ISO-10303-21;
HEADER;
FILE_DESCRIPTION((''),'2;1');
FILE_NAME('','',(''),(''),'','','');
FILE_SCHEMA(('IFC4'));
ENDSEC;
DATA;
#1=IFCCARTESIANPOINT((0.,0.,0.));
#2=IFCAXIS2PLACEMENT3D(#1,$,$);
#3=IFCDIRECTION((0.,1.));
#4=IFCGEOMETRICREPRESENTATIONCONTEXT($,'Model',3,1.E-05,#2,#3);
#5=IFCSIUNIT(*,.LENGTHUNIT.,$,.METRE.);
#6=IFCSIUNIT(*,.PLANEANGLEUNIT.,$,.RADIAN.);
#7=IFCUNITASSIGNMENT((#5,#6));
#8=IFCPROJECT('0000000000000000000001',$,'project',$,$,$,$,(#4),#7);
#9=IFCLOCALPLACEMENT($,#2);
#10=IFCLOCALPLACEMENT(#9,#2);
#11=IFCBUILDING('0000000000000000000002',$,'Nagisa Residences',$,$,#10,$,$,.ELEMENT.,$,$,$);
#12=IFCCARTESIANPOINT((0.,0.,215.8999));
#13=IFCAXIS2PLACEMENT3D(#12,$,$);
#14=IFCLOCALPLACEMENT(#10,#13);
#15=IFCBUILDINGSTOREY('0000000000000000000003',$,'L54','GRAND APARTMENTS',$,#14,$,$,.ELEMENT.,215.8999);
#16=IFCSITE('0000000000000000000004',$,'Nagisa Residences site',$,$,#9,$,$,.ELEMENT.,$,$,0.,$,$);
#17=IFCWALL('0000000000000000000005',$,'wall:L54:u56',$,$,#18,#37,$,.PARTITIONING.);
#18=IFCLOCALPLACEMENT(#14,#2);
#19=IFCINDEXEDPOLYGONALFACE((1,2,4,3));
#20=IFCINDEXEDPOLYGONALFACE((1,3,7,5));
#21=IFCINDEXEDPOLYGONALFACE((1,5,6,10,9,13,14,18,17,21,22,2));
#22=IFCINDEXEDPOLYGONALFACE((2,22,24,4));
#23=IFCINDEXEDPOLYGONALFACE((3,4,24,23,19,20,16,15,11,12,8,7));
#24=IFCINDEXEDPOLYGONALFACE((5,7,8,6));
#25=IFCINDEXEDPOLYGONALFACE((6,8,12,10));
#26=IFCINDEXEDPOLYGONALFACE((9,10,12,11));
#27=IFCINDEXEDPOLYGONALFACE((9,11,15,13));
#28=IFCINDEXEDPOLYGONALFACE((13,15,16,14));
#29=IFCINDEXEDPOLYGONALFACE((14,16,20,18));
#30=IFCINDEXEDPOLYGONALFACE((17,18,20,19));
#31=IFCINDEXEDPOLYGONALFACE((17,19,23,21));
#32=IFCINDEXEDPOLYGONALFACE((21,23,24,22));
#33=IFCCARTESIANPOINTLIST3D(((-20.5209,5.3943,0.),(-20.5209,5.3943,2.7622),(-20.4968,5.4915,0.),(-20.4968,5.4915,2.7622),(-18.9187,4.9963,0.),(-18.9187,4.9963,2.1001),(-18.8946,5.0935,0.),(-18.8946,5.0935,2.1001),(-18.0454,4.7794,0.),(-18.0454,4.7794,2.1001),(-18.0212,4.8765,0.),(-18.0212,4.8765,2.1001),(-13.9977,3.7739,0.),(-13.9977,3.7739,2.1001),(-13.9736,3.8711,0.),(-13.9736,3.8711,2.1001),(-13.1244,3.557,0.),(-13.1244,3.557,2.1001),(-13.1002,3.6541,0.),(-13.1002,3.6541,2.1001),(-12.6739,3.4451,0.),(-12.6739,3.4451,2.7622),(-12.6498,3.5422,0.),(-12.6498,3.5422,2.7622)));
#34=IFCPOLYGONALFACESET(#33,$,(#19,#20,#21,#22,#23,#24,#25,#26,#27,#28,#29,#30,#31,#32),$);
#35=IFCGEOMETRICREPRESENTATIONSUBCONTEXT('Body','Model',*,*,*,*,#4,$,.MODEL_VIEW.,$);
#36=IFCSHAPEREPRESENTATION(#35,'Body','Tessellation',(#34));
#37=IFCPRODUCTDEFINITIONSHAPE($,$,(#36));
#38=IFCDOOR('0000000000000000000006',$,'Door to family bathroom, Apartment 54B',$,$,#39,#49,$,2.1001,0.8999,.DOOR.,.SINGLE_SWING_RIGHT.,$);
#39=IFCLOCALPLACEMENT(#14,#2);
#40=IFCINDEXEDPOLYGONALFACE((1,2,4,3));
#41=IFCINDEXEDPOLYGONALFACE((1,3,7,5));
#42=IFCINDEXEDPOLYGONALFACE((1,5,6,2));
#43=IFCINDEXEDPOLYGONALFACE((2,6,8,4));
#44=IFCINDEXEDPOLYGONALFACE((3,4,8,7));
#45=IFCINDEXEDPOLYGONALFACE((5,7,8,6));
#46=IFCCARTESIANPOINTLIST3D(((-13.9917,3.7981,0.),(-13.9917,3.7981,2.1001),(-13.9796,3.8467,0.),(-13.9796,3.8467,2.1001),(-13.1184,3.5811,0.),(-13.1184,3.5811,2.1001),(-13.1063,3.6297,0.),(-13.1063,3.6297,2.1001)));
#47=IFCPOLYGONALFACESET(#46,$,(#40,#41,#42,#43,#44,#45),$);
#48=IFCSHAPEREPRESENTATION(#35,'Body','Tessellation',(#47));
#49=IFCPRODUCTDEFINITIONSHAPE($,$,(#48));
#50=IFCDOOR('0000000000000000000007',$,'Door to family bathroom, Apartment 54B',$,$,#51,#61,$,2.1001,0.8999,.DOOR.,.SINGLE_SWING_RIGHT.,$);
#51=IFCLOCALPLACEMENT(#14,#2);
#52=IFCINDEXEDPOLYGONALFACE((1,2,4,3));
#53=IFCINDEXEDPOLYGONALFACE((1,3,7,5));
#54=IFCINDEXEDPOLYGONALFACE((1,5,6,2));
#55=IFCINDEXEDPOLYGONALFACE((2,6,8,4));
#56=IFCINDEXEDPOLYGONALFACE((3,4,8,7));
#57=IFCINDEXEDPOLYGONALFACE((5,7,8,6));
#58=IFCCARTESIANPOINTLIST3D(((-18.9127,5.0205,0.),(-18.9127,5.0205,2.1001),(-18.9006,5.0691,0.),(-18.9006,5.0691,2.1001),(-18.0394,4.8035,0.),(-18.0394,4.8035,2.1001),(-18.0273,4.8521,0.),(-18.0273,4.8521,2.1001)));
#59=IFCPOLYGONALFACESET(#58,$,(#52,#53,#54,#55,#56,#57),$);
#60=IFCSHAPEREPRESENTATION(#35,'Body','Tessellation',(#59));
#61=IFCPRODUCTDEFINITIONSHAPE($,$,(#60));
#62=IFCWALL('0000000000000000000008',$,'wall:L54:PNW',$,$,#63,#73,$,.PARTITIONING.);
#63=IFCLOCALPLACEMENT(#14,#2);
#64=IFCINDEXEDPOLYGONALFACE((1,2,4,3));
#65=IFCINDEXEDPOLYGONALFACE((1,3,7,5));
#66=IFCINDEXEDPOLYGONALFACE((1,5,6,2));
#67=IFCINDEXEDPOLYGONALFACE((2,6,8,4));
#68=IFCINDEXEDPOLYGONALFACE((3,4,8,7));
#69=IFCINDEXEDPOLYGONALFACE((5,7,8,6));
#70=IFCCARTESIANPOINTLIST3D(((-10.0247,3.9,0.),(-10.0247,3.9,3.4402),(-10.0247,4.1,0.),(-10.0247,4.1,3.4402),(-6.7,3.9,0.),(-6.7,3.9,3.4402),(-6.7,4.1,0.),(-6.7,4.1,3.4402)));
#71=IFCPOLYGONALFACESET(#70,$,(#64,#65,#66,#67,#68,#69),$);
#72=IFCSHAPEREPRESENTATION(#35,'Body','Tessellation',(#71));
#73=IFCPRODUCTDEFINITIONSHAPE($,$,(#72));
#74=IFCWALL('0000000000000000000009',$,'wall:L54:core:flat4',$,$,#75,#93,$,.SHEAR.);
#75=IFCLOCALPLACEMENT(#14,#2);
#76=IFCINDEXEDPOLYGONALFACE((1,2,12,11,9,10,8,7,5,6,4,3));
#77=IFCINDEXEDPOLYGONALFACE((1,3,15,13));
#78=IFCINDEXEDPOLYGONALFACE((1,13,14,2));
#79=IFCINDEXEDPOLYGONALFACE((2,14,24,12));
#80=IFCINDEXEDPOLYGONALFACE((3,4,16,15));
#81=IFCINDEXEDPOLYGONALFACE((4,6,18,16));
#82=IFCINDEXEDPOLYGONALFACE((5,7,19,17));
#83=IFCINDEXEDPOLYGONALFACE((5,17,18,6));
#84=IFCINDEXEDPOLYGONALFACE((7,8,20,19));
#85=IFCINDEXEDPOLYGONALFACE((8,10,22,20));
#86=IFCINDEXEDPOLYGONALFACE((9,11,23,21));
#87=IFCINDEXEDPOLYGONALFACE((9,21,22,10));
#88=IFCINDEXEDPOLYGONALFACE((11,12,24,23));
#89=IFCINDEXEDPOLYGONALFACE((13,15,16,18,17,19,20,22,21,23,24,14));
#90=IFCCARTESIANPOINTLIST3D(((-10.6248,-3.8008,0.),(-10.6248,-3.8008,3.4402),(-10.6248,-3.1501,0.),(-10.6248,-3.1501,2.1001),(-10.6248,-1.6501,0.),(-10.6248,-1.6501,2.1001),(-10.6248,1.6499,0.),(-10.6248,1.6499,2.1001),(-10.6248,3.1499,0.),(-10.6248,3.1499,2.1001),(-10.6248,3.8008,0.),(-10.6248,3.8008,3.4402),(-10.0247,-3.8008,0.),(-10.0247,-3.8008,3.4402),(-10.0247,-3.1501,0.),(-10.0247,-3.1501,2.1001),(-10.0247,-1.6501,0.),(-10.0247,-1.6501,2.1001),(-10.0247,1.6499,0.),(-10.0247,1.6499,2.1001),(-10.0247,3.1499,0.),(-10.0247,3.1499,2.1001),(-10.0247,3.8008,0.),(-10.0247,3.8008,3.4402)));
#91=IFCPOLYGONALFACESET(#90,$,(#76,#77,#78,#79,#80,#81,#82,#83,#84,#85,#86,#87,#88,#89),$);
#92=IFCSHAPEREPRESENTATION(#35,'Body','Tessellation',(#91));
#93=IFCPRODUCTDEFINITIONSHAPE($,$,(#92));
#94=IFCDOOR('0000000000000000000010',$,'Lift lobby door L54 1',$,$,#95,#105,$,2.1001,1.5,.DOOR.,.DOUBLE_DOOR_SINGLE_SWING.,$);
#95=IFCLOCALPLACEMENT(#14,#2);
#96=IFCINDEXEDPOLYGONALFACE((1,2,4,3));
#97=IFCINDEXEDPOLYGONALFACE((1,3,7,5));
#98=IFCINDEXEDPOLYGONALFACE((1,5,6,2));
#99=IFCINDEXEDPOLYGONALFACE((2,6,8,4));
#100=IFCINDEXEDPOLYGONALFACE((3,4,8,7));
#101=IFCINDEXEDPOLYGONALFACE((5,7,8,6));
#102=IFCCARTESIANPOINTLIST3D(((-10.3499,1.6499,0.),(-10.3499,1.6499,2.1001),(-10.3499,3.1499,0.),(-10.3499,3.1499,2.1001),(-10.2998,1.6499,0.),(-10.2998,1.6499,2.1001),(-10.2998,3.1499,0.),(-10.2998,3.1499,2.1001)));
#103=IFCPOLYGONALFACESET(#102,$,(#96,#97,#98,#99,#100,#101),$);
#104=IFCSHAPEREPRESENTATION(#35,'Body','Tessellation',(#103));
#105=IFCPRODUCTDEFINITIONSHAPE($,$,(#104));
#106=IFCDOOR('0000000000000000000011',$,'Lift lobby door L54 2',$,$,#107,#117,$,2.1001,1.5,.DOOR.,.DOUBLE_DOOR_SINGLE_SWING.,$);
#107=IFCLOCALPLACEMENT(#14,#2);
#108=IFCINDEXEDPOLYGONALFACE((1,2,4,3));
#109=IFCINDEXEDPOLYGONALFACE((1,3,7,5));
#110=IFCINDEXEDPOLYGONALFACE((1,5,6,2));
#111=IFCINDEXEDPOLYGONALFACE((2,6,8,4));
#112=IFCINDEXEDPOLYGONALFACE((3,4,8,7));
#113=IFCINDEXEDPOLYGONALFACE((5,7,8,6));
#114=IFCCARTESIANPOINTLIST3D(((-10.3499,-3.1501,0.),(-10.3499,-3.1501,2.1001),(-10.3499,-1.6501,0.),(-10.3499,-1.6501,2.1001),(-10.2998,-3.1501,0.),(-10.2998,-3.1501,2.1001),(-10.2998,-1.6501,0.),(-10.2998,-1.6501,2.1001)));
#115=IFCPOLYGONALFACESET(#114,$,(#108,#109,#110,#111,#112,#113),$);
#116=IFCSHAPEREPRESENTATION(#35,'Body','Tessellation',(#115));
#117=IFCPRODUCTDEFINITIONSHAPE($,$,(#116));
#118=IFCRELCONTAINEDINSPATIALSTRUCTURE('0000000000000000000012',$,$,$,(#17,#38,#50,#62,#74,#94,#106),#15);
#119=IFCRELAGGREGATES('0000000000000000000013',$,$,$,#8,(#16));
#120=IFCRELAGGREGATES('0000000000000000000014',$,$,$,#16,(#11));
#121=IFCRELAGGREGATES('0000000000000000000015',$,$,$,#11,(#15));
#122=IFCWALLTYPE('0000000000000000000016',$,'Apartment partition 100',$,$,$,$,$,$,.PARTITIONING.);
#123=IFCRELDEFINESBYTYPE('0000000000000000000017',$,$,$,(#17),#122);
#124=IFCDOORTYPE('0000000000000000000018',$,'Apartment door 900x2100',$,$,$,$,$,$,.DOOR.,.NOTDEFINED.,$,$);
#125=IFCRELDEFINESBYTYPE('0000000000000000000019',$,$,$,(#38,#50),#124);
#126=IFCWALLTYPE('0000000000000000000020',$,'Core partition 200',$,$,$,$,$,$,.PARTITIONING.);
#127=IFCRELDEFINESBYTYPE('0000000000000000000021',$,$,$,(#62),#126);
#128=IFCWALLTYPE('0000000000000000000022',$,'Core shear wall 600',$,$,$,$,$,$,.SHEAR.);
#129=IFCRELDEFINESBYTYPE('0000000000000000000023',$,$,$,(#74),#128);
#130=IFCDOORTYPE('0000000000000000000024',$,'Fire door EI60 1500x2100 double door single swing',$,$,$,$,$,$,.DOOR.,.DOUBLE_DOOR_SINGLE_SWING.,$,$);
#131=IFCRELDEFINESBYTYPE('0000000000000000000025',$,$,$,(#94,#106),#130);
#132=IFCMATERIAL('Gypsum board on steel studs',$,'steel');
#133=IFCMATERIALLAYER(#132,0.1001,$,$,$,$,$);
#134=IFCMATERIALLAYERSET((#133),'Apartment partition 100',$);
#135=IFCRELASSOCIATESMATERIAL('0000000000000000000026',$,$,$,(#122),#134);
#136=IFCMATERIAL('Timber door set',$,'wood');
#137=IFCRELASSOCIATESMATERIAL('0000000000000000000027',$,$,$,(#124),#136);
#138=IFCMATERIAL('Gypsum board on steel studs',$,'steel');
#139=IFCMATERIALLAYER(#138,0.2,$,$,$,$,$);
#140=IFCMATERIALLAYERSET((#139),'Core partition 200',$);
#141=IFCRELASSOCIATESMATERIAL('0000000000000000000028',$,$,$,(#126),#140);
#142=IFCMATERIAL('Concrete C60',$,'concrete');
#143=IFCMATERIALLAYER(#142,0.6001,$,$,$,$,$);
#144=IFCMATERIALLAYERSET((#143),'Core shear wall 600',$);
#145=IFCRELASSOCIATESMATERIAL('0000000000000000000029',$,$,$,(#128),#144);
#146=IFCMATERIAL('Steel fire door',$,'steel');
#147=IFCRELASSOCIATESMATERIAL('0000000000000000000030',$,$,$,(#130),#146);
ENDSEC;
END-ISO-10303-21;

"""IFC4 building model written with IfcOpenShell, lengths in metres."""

from ifc_helpers import new_model, si_unit, direction, frame, frame_2d, origin, place, context, subcontext, project, spatial, rectangle, extrude, material, layer, layer_set, type_object, element, fill, save


model = new_model("IFC4")

# Units and contexts
model_context = context("Model", 3, precision=1e-05, world=origin(), true_north=direction((0.0, 1.0)))
body_context = subcontext(model_context, "Body", "Model", "MODEL_VIEW")
ifc_project = project(units=[si_unit("LENGTHUNIT", "METRE"), si_unit("PLANEANGLEUNIT", "RADIAN")], contexts=[model_context])

# Site, building, storey
site_placement = place(None, origin())
site = spatial("IfcSite", under=ifc_project, at=site_placement, Name="Nagisa Residences site", CompositionType="ELEMENT", RefElevation=0.0)
building_placement = place(site_placement, origin())
building = spatial("IfcBuilding", under=site, at=building_placement, Name="Nagisa Residences", CompositionType="ELEMENT")
storey_placement = place(building_placement, frame((0.0, 0.0, 215.8999)))
storey = spatial("IfcBuildingStorey", under=building, at=storey_placement, Name="L54", Description="GRAND APARTMENTS", CompositionType="ELEMENT", Elevation=215.8999)

# Shared definitions
ifc_material_1 = material(Name="Gypsum board on steel studs", Category="steel")
ifc_layer_1 = layer(ifc_material_1, 0.1001)
ifc_layer_set_1 = layer_set([ifc_layer_1], Name="Apartment partition 100")
wall_type_1 = type_object("IfcWallType", Name="Apartment partition 100", PredefinedType="PARTITIONING", material=ifc_layer_set_1)

# Shared definitions
ifc_material_2 = material(Name="Timber door set", Category="wood")
door_type_1 = type_object("IfcDoorType", Name="Apartment door 900x2100", OperationType="NOTDEFINED", PredefinedType="DOOR", material=ifc_material_2)

# Wall, openings, doors
wall_1_placement = place(storey_placement, frame((-12.6619, 3.4937, 0.0), z_axis=(0.0, 0.0, 1.0), x_axis=(-0.970506, 0.241079, 0.0)))
wall_1 = element("IfcWall", 1, at=wall_1_placement, inside=storey, type_object=wall_type_1, Name="wall:L54:u56", PredefinedType="PARTITIONING", context=body_context, shape_type="SweptSolid", body=[
    extrude(rectangle(XDim=8.0854, YDim=0.1001, at=frame_2d((4.0427, 0.0))), origin(), (0.0, 0.0, 1.0), 2.7622),
])
opening_1_placement = place(wall_1_placement, frame((0.4641, 0.0, 0.0)))
opening_1 = element("IfcOpeningElement", 2, at=opening_1_placement, cuts=wall_1, PredefinedType="OPENING", context=body_context, shape_type="SweptSolid", body=[
    extrude(rectangle(XDim=0.8999, YDim=2.1001, at=frame_2d((0.45, 1.05))), frame((0.0, 0.0601, 0.0), z_axis=(0.0, -1.0, 0.0), x_axis=(1.0, 0.0, 0.0)), (0.0, 0.0, 1.0), 0.1201),
])
opening_2_placement = place(wall_1_placement, frame((5.5347, 0.0, 0.0)))
opening_2 = element("IfcOpeningElement", 3, at=opening_2_placement, cuts=wall_1, PredefinedType="OPENING", context=body_context, shape_type="SweptSolid", body=[
    extrude(rectangle(XDim=0.8999, YDim=2.1001, at=frame_2d((0.45, 1.05))), frame((0.0, 0.0601, 0.0), z_axis=(0.0, -1.0, 0.0), x_axis=(1.0, 0.0, 0.0)), (0.0, 0.0, 1.0), 0.1201),
])
door_1_placement = place(opening_1_placement, frame((0.8999, 0.0, 0.0), x_axis=(-1.0, 0.0, 0.0)))
door_1 = element("IfcDoor", 4, at=door_1_placement, inside=storey, type_object=door_type_1, Name="Door to family bathroom, Apartment 54B", OperationType="SINGLE_SWING_RIGHT", OverallHeight=2.1001, OverallWidth=0.8999, PredefinedType="DOOR", context=body_context, shape_type="SweptSolid", body=[
    extrude(rectangle(XDim=0.8999, YDim=2.1001, at=frame_2d((0.45, 1.05))), frame((0.0, 0.0249, 0.0), z_axis=(0.0, -1.0, 0.0), x_axis=(1.0, 0.0, 0.0)), (0.0, 0.0, 1.0), 0.05),
])
fill(opening_1, door_1)
door_2_placement = place(opening_2_placement, frame((0.8999, 0.0, 0.0), x_axis=(-1.0, 0.0, 0.0)))
door_2 = element("IfcDoor", 5, at=door_2_placement, inside=storey, type_object=door_type_1, Name="Door to family bathroom, Apartment 54B", OperationType="SINGLE_SWING_RIGHT", OverallHeight=2.1001, OverallWidth=0.8999, PredefinedType="DOOR", context=body_context, shape_type="SweptSolid", body=[
    extrude(rectangle(XDim=0.8999, YDim=2.1001, at=frame_2d((0.45, 1.05))), frame((0.0, 0.0249, 0.0), z_axis=(0.0, -1.0, 0.0), x_axis=(1.0, 0.0, 0.0)), (0.0, 0.0, 1.0), 0.05),
])
fill(opening_2, door_2)

# Wall
ifc_material_3 = material(Name="Gypsum board on steel studs", Category="steel")
ifc_layer_2 = layer(ifc_material_3, 0.2)
ifc_layer_set_2 = layer_set([ifc_layer_2], Name="Core partition 200")
wall_type_2 = type_object("IfcWallType", Name="Core partition 200", PredefinedType="PARTITIONING", material=ifc_layer_set_2)
wall_2_placement = place(storey_placement, frame((-10.0247, 4.0, 0.0), z_axis=(0.0, 0.0, 1.0), x_axis=(1.0, 0.0, 0.0)))
element("IfcWall", 6, at=wall_2_placement, inside=storey, type_object=wall_type_2, Name="wall:L54:PNW", PredefinedType="PARTITIONING", context=body_context, shape_type="SweptSolid", body=[
    extrude(rectangle(XDim=3.3247, YDim=0.2, at=frame_2d((1.6624, 0.0))), origin(), (0.0, 0.0, 1.0), 3.4402),
])

# Wall, openings, doors
ifc_material_4 = material(Name="Concrete C60", Category="concrete")
ifc_layer_3 = layer(ifc_material_4, 0.6001)
ifc_layer_set_3 = layer_set([ifc_layer_3], Name="Core shear wall 600")
wall_type_3 = type_object("IfcWallType", Name="Core shear wall 600", PredefinedType="SHEAR", material=ifc_layer_set_3)
wall_3_placement = place(storey_placement, frame((-10.3247, 3.8008, 0.0), z_axis=(0.0, 0.0, 1.0), x_axis=(0.0, -1.0, 0.0)))
wall_3 = element("IfcWall", 7, at=wall_3_placement, inside=storey, type_object=wall_type_3, Name="wall:L54:core:flat4", PredefinedType="SHEAR", context=body_context, shape_type="SweptSolid", body=[
    extrude(rectangle(XDim=7.6016, YDim=0.6001, at=frame_2d((3.8008, 0.0))), origin(), (0.0, 0.0, 1.0), 3.4402),
])
opening_3_placement = place(wall_3_placement, frame((0.6509, 0.0, 0.0)))
opening_3 = element("IfcOpeningElement", 8, at=opening_3_placement, cuts=wall_3, PredefinedType="OPENING", context=body_context, shape_type="SweptSolid", body=[
    extrude(rectangle(XDim=1.5, YDim=2.1001, at=frame_2d((0.75, 1.05))), frame((0.0, 0.3101, 0.0), z_axis=(0.0, -1.0, 0.0), x_axis=(1.0, 0.0, 0.0)), (0.0, 0.0, 1.0), 0.6201),
])
opening_4_placement = place(wall_3_placement, frame((5.4509, 0.0, 0.0)))
opening_4 = element("IfcOpeningElement", 9, at=opening_4_placement, cuts=wall_3, PredefinedType="OPENING", context=body_context, shape_type="SweptSolid", body=[
    extrude(rectangle(XDim=1.5, YDim=2.1001, at=frame_2d((0.75, 1.05))), frame((0.0, 0.3101, 0.0), z_axis=(0.0, -1.0, 0.0), x_axis=(1.0, 0.0, 0.0)), (0.0, 0.0, 1.0), 0.6201),
])
ifc_material_5 = material(Name="Steel fire door", Category="steel")
door_type_2 = type_object("IfcDoorType", Name="Fire door EI60 1500x2100 double door single swing", OperationType="DOUBLE_DOOR_SINGLE_SWING", PredefinedType="DOOR", material=ifc_material_5)
door_3_placement = place(opening_3_placement, origin())
door_3 = element("IfcDoor", 10, at=door_3_placement, inside=storey, type_object=door_type_2, Name="Lift lobby door L54 1", OperationType="DOUBLE_DOOR_SINGLE_SWING", OverallHeight=2.1001, OverallWidth=1.5, PredefinedType="DOOR", context=body_context, shape_type="SweptSolid", body=[
    extrude(rectangle(XDim=1.5, YDim=2.1001, at=frame_2d((0.75, 1.05))), frame((0.0, 0.0249, 0.0), z_axis=(0.0, -1.0, 0.0), x_axis=(1.0, 0.0, 0.0)), (0.0, 0.0, 1.0), 0.05),
])
fill(opening_3, door_3)
door_4_placement = place(opening_4_placement, origin())
door_4 = element("IfcDoor", 11, at=door_4_placement, inside=storey, type_object=door_type_2, Name="Lift lobby door L54 2", OperationType="DOUBLE_DOOR_SINGLE_SWING", OverallHeight=2.1001, OverallWidth=1.5, PredefinedType="DOOR", context=body_context, shape_type="SweptSolid", body=[
    extrude(rectangle(XDim=1.5, YDim=2.1001, at=frame_2d((0.75, 1.05))), frame((0.0, 0.0249, 0.0), z_axis=(0.0, -1.0, 0.0), x_axis=(1.0, 0.0, 0.0)), (0.0, 0.0, 1.0), 0.05),
])
fill(opening_4, door_4)

save(model, "model.ifc")
